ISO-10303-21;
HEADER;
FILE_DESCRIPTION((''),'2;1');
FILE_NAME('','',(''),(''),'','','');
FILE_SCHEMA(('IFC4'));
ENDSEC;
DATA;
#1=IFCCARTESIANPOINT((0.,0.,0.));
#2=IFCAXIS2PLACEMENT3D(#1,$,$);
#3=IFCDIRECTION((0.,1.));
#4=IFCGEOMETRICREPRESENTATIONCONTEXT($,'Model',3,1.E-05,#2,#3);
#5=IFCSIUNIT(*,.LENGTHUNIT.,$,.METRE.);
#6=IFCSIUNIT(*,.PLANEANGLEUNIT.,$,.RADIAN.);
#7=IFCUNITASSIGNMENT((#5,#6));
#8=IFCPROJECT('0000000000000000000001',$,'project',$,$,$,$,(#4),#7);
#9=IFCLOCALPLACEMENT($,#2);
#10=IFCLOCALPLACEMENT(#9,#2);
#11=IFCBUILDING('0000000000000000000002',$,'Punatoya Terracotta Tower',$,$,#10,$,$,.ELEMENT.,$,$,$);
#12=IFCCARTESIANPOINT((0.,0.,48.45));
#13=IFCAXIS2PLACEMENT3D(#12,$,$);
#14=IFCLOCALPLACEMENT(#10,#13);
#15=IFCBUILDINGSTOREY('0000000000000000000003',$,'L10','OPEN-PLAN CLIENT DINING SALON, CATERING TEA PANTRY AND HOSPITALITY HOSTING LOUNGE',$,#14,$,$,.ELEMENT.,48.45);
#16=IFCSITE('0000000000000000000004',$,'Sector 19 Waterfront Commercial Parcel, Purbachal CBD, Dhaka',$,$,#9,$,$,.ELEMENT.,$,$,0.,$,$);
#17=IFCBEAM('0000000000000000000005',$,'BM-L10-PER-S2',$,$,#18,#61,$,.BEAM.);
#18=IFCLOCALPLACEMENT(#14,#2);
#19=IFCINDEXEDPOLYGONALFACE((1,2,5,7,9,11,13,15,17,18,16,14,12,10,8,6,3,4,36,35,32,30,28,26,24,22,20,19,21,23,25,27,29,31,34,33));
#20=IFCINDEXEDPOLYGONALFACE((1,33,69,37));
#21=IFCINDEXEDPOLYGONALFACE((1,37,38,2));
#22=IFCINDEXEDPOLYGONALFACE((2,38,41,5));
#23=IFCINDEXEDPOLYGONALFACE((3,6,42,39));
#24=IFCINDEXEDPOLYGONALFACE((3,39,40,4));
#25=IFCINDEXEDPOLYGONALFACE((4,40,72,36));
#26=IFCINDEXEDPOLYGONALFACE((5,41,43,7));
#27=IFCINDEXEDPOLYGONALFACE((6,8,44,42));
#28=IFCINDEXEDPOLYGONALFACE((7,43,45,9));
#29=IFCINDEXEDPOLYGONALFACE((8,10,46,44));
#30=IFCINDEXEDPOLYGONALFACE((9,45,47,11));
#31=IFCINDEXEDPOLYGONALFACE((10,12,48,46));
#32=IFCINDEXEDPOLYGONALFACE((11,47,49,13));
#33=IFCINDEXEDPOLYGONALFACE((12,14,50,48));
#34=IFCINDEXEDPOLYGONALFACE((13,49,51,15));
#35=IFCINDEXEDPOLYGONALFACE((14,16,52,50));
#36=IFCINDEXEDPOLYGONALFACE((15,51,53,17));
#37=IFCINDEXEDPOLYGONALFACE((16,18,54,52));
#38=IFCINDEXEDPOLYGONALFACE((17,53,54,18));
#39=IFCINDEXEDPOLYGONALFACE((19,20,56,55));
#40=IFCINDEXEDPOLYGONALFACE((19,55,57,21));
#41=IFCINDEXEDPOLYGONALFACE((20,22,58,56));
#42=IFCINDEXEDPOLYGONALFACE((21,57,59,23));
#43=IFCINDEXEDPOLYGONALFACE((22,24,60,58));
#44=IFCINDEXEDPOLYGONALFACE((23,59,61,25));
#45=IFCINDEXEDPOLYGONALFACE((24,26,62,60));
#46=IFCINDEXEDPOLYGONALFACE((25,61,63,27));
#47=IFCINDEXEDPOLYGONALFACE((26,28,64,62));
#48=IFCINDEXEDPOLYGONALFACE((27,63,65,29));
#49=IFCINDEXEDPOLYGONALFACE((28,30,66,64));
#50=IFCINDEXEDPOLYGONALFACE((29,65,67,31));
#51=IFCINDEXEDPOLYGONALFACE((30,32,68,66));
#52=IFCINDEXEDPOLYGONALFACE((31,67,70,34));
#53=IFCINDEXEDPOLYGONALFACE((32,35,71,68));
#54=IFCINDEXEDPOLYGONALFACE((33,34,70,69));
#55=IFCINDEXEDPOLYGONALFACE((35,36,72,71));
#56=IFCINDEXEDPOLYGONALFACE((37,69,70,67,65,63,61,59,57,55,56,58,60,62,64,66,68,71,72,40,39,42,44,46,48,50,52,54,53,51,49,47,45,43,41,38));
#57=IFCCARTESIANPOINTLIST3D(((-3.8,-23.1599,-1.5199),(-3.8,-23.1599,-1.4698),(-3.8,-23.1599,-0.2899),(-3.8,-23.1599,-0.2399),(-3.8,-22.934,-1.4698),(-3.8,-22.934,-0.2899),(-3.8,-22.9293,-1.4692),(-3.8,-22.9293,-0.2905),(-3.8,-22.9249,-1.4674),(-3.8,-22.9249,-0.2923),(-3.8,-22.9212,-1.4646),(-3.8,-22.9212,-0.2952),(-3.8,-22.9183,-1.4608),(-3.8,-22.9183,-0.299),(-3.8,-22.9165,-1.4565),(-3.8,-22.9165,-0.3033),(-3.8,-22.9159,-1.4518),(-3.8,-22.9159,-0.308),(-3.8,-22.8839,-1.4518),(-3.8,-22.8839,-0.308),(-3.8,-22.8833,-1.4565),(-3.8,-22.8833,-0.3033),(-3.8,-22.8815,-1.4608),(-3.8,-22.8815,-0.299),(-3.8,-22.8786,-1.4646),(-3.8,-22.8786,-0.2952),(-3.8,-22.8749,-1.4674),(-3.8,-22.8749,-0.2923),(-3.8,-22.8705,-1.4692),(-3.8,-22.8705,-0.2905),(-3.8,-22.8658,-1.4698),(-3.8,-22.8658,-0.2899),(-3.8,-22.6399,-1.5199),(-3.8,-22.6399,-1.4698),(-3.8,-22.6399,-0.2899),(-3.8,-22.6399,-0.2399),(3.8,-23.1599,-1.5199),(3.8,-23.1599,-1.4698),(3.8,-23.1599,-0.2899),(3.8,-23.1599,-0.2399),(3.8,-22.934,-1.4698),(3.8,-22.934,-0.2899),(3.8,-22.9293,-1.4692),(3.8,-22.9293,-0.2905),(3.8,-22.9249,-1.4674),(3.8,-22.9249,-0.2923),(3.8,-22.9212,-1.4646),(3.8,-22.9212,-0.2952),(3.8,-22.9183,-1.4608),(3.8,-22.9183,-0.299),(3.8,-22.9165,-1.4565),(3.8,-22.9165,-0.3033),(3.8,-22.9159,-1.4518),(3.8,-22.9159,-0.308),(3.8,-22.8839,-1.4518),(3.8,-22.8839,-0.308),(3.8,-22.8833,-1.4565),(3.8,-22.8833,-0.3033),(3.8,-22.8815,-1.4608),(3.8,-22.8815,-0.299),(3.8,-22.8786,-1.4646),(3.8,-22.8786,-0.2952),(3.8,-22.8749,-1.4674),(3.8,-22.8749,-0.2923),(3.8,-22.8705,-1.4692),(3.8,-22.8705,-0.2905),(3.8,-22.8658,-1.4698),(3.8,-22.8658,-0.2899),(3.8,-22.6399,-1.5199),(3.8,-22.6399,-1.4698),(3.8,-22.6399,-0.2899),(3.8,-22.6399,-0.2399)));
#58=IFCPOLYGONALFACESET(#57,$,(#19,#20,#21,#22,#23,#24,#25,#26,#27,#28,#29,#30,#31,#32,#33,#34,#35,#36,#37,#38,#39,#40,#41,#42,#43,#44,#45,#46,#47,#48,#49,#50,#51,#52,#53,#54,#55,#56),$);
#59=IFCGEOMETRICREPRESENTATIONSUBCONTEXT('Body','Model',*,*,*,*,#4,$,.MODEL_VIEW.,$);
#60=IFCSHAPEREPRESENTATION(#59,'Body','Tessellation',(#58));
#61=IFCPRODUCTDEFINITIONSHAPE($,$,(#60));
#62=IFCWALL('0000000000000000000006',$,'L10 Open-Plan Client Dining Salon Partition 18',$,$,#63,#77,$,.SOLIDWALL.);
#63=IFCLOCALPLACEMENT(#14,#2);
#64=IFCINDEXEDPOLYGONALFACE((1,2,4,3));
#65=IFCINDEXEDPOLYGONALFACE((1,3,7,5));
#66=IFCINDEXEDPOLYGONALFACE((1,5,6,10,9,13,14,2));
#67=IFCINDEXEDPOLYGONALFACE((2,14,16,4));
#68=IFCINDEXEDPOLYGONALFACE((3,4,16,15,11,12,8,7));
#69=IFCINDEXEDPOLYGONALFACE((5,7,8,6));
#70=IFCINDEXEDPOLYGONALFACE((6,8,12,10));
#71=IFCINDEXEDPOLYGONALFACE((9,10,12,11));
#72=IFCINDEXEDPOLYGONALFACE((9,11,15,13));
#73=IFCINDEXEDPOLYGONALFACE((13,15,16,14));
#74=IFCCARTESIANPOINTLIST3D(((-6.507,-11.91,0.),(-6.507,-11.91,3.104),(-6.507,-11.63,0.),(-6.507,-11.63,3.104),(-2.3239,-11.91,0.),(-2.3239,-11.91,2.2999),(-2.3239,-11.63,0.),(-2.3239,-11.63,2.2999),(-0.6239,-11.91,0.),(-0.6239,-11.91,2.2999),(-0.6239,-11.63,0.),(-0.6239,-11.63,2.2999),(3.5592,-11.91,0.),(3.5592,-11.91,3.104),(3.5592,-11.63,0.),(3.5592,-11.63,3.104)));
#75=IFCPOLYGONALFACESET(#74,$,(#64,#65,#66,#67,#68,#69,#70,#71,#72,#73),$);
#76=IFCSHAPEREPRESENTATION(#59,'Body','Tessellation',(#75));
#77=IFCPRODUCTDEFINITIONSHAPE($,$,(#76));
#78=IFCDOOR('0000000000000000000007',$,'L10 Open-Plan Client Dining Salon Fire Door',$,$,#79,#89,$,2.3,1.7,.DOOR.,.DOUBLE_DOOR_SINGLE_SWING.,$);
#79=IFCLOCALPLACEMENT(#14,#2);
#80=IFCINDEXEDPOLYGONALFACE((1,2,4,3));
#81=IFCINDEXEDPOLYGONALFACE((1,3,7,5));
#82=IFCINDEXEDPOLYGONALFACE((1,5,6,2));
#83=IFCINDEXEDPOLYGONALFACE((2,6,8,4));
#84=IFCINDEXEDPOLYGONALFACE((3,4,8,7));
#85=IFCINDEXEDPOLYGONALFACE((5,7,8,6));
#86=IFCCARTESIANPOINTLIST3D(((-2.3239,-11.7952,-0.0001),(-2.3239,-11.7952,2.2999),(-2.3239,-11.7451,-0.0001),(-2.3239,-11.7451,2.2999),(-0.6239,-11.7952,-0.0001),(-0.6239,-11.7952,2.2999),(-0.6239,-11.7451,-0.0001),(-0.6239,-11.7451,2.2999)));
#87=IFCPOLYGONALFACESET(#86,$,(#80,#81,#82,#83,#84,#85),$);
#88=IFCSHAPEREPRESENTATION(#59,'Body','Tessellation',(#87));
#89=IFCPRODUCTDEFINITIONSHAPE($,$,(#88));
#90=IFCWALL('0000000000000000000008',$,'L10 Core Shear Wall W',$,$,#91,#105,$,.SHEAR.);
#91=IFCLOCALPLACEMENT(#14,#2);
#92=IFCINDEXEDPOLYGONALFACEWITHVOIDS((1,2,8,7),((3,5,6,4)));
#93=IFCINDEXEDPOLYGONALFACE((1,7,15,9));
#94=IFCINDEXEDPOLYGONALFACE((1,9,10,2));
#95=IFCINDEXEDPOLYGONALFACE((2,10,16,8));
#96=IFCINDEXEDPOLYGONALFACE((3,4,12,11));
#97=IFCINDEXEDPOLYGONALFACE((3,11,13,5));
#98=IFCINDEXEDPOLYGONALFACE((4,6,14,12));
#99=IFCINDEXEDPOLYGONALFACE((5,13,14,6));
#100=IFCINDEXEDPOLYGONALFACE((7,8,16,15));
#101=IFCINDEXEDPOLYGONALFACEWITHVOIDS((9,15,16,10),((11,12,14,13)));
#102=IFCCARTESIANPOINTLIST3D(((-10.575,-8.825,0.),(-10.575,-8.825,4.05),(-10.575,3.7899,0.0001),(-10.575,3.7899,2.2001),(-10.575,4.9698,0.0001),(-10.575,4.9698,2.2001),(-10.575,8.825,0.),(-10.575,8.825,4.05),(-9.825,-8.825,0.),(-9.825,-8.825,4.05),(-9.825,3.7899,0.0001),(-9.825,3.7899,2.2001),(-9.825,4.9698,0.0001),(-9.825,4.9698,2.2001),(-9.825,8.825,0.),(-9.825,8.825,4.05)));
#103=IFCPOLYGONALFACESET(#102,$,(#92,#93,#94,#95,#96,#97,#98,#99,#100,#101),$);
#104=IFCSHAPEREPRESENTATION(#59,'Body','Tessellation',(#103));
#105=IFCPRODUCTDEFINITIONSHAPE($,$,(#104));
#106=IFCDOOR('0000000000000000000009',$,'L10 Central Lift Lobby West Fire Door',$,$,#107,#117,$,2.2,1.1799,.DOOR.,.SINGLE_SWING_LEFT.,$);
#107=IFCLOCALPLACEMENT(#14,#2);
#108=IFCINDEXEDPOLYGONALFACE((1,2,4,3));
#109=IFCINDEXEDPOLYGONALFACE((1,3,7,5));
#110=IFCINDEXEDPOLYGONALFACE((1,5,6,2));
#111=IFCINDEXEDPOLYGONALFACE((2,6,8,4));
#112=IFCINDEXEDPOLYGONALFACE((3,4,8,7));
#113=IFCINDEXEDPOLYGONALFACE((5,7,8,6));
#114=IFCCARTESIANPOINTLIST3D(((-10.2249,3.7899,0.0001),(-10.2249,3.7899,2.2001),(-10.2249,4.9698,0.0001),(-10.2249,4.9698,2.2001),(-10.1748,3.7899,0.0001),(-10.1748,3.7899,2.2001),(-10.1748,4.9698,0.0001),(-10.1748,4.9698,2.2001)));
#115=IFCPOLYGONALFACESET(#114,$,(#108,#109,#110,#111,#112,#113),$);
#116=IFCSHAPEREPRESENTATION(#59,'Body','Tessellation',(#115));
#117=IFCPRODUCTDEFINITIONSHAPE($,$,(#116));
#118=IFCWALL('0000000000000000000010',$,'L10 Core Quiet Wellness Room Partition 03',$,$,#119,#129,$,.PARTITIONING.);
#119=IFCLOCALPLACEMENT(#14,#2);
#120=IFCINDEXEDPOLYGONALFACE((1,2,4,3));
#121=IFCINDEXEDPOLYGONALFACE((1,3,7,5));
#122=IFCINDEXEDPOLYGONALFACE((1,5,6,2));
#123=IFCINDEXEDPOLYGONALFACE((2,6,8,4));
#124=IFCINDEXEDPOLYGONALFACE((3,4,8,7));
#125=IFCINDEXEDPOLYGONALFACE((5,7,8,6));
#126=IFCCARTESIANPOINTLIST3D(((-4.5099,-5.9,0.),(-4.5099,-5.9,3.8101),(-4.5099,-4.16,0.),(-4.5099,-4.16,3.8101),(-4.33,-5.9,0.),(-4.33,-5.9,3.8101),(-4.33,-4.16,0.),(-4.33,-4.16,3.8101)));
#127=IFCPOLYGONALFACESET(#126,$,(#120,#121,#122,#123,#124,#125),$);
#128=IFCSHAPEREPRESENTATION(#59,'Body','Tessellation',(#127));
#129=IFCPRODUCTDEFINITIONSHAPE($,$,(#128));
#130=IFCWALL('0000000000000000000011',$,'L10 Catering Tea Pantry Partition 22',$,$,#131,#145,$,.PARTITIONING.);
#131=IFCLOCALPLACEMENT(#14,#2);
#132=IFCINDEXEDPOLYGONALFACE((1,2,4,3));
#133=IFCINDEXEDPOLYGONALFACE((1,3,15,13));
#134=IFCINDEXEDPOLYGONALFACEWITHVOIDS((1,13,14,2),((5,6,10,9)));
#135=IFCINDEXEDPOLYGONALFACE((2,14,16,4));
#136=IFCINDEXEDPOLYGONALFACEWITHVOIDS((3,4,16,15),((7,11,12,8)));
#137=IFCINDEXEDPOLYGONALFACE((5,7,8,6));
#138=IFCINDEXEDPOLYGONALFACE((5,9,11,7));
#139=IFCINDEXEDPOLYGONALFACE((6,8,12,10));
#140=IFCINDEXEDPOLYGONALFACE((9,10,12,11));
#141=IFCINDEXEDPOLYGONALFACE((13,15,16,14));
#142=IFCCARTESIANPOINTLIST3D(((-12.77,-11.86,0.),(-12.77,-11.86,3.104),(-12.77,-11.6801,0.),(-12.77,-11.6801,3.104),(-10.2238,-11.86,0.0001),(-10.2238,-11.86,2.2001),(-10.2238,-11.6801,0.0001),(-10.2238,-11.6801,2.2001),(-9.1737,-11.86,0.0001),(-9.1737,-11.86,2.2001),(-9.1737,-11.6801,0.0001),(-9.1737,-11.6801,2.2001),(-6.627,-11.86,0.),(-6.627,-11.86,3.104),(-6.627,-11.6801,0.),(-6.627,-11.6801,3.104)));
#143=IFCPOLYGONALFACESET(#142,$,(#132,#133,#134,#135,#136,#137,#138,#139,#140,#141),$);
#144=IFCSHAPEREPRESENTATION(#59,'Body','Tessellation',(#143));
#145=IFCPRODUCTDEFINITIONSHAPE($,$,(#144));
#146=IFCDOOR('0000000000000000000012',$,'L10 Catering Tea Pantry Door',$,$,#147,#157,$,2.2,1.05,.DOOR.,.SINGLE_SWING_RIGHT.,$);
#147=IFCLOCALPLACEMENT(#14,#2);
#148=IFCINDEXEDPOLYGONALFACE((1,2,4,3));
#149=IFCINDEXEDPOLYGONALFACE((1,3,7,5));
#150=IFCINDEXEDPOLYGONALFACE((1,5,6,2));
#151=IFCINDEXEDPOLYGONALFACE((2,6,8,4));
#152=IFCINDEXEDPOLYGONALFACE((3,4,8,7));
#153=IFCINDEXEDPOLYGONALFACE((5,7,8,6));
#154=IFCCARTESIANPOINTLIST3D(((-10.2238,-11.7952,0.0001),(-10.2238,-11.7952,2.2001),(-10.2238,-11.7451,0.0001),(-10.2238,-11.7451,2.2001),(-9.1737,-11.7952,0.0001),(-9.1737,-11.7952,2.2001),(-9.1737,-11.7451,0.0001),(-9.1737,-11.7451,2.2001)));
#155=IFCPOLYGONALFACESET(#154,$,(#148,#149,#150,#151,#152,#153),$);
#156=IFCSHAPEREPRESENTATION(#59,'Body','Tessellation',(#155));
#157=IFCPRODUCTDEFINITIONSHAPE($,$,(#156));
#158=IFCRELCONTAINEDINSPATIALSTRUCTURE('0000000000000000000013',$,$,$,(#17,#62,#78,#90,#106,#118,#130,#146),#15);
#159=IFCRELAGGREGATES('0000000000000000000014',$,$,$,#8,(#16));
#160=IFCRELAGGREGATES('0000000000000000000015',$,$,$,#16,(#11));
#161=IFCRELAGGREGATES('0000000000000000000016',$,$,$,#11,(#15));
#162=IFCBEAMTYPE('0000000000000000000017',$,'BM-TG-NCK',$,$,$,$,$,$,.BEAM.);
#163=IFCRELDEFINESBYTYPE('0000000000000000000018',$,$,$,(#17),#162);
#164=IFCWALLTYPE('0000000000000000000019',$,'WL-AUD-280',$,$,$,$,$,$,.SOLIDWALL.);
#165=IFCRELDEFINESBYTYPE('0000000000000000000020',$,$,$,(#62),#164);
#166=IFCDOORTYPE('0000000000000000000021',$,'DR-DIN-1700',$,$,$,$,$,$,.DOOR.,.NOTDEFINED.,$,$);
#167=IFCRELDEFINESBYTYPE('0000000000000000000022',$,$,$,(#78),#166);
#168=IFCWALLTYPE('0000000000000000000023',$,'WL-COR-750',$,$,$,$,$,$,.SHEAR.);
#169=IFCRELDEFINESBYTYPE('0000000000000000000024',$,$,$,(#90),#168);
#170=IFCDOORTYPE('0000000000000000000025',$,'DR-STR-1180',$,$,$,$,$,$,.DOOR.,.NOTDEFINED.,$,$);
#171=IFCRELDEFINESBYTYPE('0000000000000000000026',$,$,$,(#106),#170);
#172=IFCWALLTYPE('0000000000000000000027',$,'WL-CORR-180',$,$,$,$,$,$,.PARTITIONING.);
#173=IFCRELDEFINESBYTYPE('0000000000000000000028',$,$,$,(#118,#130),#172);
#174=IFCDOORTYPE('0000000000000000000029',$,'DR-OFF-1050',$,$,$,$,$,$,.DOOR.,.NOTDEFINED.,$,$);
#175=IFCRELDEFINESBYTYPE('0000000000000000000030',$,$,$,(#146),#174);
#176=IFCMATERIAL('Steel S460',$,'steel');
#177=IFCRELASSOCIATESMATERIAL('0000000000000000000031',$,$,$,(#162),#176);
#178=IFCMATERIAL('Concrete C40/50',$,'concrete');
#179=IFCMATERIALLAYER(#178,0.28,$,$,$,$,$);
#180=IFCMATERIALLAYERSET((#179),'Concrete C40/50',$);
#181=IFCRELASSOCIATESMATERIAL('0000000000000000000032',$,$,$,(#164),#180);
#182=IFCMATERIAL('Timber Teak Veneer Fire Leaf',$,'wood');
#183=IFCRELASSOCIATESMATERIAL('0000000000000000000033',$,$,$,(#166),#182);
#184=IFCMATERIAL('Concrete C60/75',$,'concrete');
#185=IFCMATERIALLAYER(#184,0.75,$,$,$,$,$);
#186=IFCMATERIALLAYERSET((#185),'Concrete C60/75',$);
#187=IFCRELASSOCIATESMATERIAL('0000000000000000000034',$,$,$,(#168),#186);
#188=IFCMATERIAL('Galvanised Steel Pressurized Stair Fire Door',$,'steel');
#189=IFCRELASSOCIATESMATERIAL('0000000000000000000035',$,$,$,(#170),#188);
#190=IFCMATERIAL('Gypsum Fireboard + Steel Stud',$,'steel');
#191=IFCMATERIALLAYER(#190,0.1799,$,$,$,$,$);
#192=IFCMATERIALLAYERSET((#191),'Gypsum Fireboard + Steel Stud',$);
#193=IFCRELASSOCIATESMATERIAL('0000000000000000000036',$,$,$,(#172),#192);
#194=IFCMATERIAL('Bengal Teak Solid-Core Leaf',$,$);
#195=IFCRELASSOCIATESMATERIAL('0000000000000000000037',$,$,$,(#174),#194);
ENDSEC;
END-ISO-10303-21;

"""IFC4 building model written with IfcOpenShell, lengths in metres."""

from ifc_helpers import new_model, si_unit, direction, frame, frame_2d, origin, origin_2d, place, context, subcontext, project, spatial, rectangle, i_section, extrude, material, layer, layer_set, material_profile, profile_set, type_object, element, fill, save


model = new_model("IFC4")

# Units and contexts
model_context = context("Model", 3, precision=1e-05, world=origin(), true_north=direction((0.0, 1.0)))
body_context = subcontext(model_context, "Body", "Model", "MODEL_VIEW")
ifc_project = project(units=[si_unit("LENGTHUNIT", "METRE"), si_unit("PLANEANGLEUNIT", "RADIAN")], contexts=[model_context])

# Site, building, storey
site_placement = place(None, origin())
site = spatial("IfcSite", under=ifc_project, at=site_placement, Name="Sector 19 Waterfront Commercial Parcel, Purbachal CBD, Dhaka", CompositionType="ELEMENT", RefElevation=0.0)
building_placement = place(site_placement, origin())
building = spatial("IfcBuilding", under=site, at=building_placement, Name="Punatoya Terracotta Tower", CompositionType="ELEMENT")
storey_placement = place(building_placement, frame((0.0, 0.0, 48.45)))
storey = spatial("IfcBuildingStorey", under=building, at=storey_placement, Name="L10", Description="OPEN-PLAN CLIENT DINING SALON, CATERING TEA PANTRY AND HOSPITALITY HOSTING LOUNGE", CompositionType="ELEMENT", Elevation=48.45)

# Shared definitions
ifc_material_1 = material(Name="Steel S460", Category="steel")

# Beam
ifc_material_2 = material(Name="Concrete C60/75", Category="concrete")
ifc_material_profile_1 = material_profile(ifc_material_1, i_section(OverallWidth=0.52, OverallDepth=1.28, WebThickness=0.032, FlangeThickness=0.05, FilletRadius=0.0181, at=origin_2d()))
ifc_profile_set_1 = profile_set([ifc_material_profile_1], Name="Steel S460")
beam_type_1 = type_object("IfcBeamType", Name="BM-TG-NCK", PredefinedType="BEAM", material=ifc_profile_set_1)
beam_1_placement = place(storey_placement, frame((-3.8, -22.8999, -0.8799), z_axis=(1.0, 0.0, 0.0), x_axis=(0.0, 1.0, 0.0)))
element("IfcBeam", 1, at=beam_1_placement, inside=storey, type_object=beam_type_1, Name="BM-L10-PER-S2", PredefinedType="BEAM", context=body_context, shape_type="SweptSolid", body=[
    extrude(i_section(OverallWidth=0.52, OverallDepth=1.28, WebThickness=0.032, FlangeThickness=0.05, FilletRadius=0.0181, at=origin_2d()), origin(), (0.0, 0.0, 1.0), 7.6001),
])

# Walls, openings, doors
ifc_material_3 = material(Name="Concrete C40/50", Category="concrete")
ifc_layer_1 = layer(ifc_material_3, 0.28)
ifc_layer_set_1 = layer_set([ifc_layer_1], Name="Concrete C40/50")
wall_type_1 = type_object("IfcWallType", Name="WL-AUD-280", PredefinedType="SOLIDWALL", material=ifc_layer_set_1)
wall_1_placement = place(storey_placement, frame((-6.5071, -11.77, 0.0), z_axis=(0.0, 0.0, 1.0), x_axis=(1.0, 0.0, 0.0)))
wall_1 = element("IfcWall", 2, at=wall_1_placement, inside=storey, type_object=wall_type_1, Name="L10 Open-Plan Client Dining Salon Partition 18", PredefinedType="SOLIDWALL", context=body_context, shape_type="SweptSolid", body=[
    extrude(rectangle(XDim=10.0662, YDim=0.28, at=frame_2d((5.0332, 0.0))), origin(), (0.0, 0.0, 1.0), 3.104),
])
opening_1_placement = place(wall_1_placement, frame((4.1831, 0.0, 0.0)))
opening_1 = element("IfcOpeningElement", 3, at=opening_1_placement, cuts=wall_1, PredefinedType="OPENING", context=body_context, shape_type="SweptSolid", body=[
    extrude(rectangle(XDim=1.7, YDim=2.3, at=frame_2d((0.8501, 1.1499))), frame((0.0, 0.1499, 0.0), z_axis=(0.0, -1.0, 0.0), x_axis=(1.0, 0.0, 0.0)), (0.0, 0.0, 1.0), 0.3),
])
ifc_material_4 = material(Name="Timber Teak Veneer Fire Leaf", Category="wood")
door_type_1 = type_object("IfcDoorType", Name="DR-DIN-1700", OperationType="NOTDEFINED", PredefinedType="DOOR", material=ifc_material_4)
door_1_placement = place(opening_1_placement, origin())
door_1 = element("IfcDoor", 4, at=door_1_placement, inside=storey, type_object=door_type_1, Name="L10 Open-Plan Client Dining Salon Fire Door", OperationType="DOUBLE_DOOR_SINGLE_SWING", OverallHeight=2.3, OverallWidth=1.7, PredefinedType="DOOR", context=body_context, shape_type="SweptSolid", body=[
    extrude(rectangle(XDim=1.7, YDim=2.3, at=frame_2d((0.8501, 1.1499))), frame((0.0, 0.0249, 0.0), z_axis=(0.0, -1.0, 0.0), x_axis=(1.0, 0.0, 0.0)), (0.0, 0.0, 1.0), 0.05),
])
fill(opening_1, door_1)
ifc_layer_2 = layer(ifc_material_2, 0.75)
ifc_layer_set_2 = layer_set([ifc_layer_2], Name="Concrete C60/75")
wall_type_2 = type_object("IfcWallType", Name="WL-COR-750", PredefinedType="SHEAR", material=ifc_layer_set_2)
wall_2_placement = place(storey_placement, frame((-10.2, -8.825, 0.0), z_axis=(0.0, 0.0, 1.0), x_axis=(0.0, 1.0, 0.0)))
wall_2 = element("IfcWall", 5, at=wall_2_placement, inside=storey, type_object=wall_type_2, Name="L10 Core Shear Wall W", PredefinedType="SHEAR", context=body_context, shape_type="SweptSolid", body=[
    extrude(rectangle(XDim=17.6499, YDim=0.75, at=frame_2d((8.825, 0.0))), origin(), (0.0, 0.0, 1.0), 4.05),
])
opening_2_placement = place(wall_2_placement, frame((12.615, 0.0, 0.0)))
opening_2 = element("IfcOpeningElement", 6, at=opening_2_placement, cuts=wall_2, PredefinedType="OPENING", context=body_context, shape_type="SweptSolid", body=[
    extrude(rectangle(XDim=1.1799, YDim=2.2, at=frame_2d((0.5898, 1.1001))), frame((0.0, 0.385, 0.0), z_axis=(0.0, -1.0, 0.0), x_axis=(1.0, 0.0, 0.0)), (0.0, 0.0, 1.0), 0.77),
])
ifc_material_5 = material(Name="Galvanised Steel Pressurized Stair Fire Door", Category="steel")
door_type_2 = type_object("IfcDoorType", Name="DR-STR-1180", OperationType="NOTDEFINED", PredefinedType="DOOR", material=ifc_material_5)
door_2_placement = place(opening_2_placement, origin())
door_2 = element("IfcDoor", 7, at=door_2_placement, inside=storey, type_object=door_type_2, Name="L10 Central Lift Lobby West Fire Door", OperationType="SINGLE_SWING_LEFT", OverallHeight=2.2, OverallWidth=1.1799, PredefinedType="DOOR", context=body_context, shape_type="SweptSolid", body=[
    extrude(rectangle(XDim=1.1799, YDim=2.2, at=frame_2d((0.5898, 1.1001))), frame((0.0, 0.0249, 0.0), z_axis=(0.0, -1.0, 0.0), x_axis=(1.0, 0.0, 0.0)), (0.0, 0.0, 1.0), 0.05),
])
fill(opening_2, door_2)

# Wall
ifc_material_6 = material(Name="Gypsum Fireboard + Steel Stud", Category="steel")
ifc_layer_3 = layer(ifc_material_6, 0.1799)
ifc_layer_set_3 = layer_set([ifc_layer_3], Name="Gypsum Fireboard + Steel Stud")
wall_type_3 = type_object("IfcWallType", Name="WL-CORR-180", PredefinedType="PARTITIONING", material=ifc_layer_set_3)
wall_3_placement = place(storey_placement, frame((-4.4199, -4.1599, 0.0), z_axis=(0.0, 0.0, 1.0), x_axis=(0.0, -1.0, 0.0)))
element("IfcWall", 8, at=wall_3_placement, inside=storey, type_object=wall_type_3, Name="L10 Core Quiet Wellness Room Partition 03", PredefinedType="PARTITIONING", context=body_context, shape_type="SweptSolid", body=[
    extrude(rectangle(XDim=1.74, YDim=0.1799, at=frame_2d((0.8701, 0.0))), origin(), (0.0, 0.0, 1.0), 3.8101),
])

# Wall, opening, door
wall_4_placement = place(storey_placement, frame((-12.77, -11.77, 0.0), z_axis=(0.0, 0.0, 1.0), x_axis=(1.0, 0.0, 0.0)))
wall_4 = element("IfcWall", 9, at=wall_4_placement, inside=storey, type_object=wall_type_3, Name="L10 Catering Tea Pantry Partition 22", PredefinedType="PARTITIONING", context=body_context, shape_type="SweptSolid", body=[
    extrude(rectangle(XDim=6.1431, YDim=0.1799, at=frame_2d((3.0715, 0.0))), origin(), (0.0, 0.0, 1.0), 3.104),
])
opening_3_placement = place(wall_4_placement, frame((2.5464, 0.0, 0.0)))
opening_3 = element("IfcOpeningElement", 10, at=opening_3_placement, cuts=wall_4, PredefinedType="OPENING", context=body_context, shape_type="SweptSolid", body=[
    extrude(rectangle(XDim=1.05, YDim=2.2, at=frame_2d((0.5249, 1.1001))), frame((0.0, 0.0999, 0.0), z_axis=(0.0, -1.0, 0.0), x_axis=(1.0, 0.0, 0.0)), (0.0, 0.0, 1.0), 0.2),
])
ifc_material_7 = material(Name="Bengal Teak Solid-Core Leaf")
door_type_3 = type_object("IfcDoorType", Name="DR-OFF-1050", OperationType="NOTDEFINED", PredefinedType="DOOR", material=ifc_material_7)
door_3_placement = place(opening_3_placement, origin())
door_3 = element("IfcDoor", 11, at=door_3_placement, inside=storey, type_object=door_type_3, Name="L10 Catering Tea Pantry Door", OperationType="SINGLE_SWING_RIGHT", OverallHeight=2.2, OverallWidth=1.05, PredefinedType="DOOR", context=body_context, shape_type="SweptSolid", body=[
    extrude(rectangle(XDim=1.05, YDim=2.2, at=frame_2d((0.5249, 1.1001))), frame((0.0, 0.0249, 0.0), z_axis=(0.0, -1.0, 0.0), x_axis=(1.0, 0.0, 0.0)), (0.0, 0.0, 1.0), 0.05),
])
fill(opening_3, door_3)

save(model, "model.ifc")
